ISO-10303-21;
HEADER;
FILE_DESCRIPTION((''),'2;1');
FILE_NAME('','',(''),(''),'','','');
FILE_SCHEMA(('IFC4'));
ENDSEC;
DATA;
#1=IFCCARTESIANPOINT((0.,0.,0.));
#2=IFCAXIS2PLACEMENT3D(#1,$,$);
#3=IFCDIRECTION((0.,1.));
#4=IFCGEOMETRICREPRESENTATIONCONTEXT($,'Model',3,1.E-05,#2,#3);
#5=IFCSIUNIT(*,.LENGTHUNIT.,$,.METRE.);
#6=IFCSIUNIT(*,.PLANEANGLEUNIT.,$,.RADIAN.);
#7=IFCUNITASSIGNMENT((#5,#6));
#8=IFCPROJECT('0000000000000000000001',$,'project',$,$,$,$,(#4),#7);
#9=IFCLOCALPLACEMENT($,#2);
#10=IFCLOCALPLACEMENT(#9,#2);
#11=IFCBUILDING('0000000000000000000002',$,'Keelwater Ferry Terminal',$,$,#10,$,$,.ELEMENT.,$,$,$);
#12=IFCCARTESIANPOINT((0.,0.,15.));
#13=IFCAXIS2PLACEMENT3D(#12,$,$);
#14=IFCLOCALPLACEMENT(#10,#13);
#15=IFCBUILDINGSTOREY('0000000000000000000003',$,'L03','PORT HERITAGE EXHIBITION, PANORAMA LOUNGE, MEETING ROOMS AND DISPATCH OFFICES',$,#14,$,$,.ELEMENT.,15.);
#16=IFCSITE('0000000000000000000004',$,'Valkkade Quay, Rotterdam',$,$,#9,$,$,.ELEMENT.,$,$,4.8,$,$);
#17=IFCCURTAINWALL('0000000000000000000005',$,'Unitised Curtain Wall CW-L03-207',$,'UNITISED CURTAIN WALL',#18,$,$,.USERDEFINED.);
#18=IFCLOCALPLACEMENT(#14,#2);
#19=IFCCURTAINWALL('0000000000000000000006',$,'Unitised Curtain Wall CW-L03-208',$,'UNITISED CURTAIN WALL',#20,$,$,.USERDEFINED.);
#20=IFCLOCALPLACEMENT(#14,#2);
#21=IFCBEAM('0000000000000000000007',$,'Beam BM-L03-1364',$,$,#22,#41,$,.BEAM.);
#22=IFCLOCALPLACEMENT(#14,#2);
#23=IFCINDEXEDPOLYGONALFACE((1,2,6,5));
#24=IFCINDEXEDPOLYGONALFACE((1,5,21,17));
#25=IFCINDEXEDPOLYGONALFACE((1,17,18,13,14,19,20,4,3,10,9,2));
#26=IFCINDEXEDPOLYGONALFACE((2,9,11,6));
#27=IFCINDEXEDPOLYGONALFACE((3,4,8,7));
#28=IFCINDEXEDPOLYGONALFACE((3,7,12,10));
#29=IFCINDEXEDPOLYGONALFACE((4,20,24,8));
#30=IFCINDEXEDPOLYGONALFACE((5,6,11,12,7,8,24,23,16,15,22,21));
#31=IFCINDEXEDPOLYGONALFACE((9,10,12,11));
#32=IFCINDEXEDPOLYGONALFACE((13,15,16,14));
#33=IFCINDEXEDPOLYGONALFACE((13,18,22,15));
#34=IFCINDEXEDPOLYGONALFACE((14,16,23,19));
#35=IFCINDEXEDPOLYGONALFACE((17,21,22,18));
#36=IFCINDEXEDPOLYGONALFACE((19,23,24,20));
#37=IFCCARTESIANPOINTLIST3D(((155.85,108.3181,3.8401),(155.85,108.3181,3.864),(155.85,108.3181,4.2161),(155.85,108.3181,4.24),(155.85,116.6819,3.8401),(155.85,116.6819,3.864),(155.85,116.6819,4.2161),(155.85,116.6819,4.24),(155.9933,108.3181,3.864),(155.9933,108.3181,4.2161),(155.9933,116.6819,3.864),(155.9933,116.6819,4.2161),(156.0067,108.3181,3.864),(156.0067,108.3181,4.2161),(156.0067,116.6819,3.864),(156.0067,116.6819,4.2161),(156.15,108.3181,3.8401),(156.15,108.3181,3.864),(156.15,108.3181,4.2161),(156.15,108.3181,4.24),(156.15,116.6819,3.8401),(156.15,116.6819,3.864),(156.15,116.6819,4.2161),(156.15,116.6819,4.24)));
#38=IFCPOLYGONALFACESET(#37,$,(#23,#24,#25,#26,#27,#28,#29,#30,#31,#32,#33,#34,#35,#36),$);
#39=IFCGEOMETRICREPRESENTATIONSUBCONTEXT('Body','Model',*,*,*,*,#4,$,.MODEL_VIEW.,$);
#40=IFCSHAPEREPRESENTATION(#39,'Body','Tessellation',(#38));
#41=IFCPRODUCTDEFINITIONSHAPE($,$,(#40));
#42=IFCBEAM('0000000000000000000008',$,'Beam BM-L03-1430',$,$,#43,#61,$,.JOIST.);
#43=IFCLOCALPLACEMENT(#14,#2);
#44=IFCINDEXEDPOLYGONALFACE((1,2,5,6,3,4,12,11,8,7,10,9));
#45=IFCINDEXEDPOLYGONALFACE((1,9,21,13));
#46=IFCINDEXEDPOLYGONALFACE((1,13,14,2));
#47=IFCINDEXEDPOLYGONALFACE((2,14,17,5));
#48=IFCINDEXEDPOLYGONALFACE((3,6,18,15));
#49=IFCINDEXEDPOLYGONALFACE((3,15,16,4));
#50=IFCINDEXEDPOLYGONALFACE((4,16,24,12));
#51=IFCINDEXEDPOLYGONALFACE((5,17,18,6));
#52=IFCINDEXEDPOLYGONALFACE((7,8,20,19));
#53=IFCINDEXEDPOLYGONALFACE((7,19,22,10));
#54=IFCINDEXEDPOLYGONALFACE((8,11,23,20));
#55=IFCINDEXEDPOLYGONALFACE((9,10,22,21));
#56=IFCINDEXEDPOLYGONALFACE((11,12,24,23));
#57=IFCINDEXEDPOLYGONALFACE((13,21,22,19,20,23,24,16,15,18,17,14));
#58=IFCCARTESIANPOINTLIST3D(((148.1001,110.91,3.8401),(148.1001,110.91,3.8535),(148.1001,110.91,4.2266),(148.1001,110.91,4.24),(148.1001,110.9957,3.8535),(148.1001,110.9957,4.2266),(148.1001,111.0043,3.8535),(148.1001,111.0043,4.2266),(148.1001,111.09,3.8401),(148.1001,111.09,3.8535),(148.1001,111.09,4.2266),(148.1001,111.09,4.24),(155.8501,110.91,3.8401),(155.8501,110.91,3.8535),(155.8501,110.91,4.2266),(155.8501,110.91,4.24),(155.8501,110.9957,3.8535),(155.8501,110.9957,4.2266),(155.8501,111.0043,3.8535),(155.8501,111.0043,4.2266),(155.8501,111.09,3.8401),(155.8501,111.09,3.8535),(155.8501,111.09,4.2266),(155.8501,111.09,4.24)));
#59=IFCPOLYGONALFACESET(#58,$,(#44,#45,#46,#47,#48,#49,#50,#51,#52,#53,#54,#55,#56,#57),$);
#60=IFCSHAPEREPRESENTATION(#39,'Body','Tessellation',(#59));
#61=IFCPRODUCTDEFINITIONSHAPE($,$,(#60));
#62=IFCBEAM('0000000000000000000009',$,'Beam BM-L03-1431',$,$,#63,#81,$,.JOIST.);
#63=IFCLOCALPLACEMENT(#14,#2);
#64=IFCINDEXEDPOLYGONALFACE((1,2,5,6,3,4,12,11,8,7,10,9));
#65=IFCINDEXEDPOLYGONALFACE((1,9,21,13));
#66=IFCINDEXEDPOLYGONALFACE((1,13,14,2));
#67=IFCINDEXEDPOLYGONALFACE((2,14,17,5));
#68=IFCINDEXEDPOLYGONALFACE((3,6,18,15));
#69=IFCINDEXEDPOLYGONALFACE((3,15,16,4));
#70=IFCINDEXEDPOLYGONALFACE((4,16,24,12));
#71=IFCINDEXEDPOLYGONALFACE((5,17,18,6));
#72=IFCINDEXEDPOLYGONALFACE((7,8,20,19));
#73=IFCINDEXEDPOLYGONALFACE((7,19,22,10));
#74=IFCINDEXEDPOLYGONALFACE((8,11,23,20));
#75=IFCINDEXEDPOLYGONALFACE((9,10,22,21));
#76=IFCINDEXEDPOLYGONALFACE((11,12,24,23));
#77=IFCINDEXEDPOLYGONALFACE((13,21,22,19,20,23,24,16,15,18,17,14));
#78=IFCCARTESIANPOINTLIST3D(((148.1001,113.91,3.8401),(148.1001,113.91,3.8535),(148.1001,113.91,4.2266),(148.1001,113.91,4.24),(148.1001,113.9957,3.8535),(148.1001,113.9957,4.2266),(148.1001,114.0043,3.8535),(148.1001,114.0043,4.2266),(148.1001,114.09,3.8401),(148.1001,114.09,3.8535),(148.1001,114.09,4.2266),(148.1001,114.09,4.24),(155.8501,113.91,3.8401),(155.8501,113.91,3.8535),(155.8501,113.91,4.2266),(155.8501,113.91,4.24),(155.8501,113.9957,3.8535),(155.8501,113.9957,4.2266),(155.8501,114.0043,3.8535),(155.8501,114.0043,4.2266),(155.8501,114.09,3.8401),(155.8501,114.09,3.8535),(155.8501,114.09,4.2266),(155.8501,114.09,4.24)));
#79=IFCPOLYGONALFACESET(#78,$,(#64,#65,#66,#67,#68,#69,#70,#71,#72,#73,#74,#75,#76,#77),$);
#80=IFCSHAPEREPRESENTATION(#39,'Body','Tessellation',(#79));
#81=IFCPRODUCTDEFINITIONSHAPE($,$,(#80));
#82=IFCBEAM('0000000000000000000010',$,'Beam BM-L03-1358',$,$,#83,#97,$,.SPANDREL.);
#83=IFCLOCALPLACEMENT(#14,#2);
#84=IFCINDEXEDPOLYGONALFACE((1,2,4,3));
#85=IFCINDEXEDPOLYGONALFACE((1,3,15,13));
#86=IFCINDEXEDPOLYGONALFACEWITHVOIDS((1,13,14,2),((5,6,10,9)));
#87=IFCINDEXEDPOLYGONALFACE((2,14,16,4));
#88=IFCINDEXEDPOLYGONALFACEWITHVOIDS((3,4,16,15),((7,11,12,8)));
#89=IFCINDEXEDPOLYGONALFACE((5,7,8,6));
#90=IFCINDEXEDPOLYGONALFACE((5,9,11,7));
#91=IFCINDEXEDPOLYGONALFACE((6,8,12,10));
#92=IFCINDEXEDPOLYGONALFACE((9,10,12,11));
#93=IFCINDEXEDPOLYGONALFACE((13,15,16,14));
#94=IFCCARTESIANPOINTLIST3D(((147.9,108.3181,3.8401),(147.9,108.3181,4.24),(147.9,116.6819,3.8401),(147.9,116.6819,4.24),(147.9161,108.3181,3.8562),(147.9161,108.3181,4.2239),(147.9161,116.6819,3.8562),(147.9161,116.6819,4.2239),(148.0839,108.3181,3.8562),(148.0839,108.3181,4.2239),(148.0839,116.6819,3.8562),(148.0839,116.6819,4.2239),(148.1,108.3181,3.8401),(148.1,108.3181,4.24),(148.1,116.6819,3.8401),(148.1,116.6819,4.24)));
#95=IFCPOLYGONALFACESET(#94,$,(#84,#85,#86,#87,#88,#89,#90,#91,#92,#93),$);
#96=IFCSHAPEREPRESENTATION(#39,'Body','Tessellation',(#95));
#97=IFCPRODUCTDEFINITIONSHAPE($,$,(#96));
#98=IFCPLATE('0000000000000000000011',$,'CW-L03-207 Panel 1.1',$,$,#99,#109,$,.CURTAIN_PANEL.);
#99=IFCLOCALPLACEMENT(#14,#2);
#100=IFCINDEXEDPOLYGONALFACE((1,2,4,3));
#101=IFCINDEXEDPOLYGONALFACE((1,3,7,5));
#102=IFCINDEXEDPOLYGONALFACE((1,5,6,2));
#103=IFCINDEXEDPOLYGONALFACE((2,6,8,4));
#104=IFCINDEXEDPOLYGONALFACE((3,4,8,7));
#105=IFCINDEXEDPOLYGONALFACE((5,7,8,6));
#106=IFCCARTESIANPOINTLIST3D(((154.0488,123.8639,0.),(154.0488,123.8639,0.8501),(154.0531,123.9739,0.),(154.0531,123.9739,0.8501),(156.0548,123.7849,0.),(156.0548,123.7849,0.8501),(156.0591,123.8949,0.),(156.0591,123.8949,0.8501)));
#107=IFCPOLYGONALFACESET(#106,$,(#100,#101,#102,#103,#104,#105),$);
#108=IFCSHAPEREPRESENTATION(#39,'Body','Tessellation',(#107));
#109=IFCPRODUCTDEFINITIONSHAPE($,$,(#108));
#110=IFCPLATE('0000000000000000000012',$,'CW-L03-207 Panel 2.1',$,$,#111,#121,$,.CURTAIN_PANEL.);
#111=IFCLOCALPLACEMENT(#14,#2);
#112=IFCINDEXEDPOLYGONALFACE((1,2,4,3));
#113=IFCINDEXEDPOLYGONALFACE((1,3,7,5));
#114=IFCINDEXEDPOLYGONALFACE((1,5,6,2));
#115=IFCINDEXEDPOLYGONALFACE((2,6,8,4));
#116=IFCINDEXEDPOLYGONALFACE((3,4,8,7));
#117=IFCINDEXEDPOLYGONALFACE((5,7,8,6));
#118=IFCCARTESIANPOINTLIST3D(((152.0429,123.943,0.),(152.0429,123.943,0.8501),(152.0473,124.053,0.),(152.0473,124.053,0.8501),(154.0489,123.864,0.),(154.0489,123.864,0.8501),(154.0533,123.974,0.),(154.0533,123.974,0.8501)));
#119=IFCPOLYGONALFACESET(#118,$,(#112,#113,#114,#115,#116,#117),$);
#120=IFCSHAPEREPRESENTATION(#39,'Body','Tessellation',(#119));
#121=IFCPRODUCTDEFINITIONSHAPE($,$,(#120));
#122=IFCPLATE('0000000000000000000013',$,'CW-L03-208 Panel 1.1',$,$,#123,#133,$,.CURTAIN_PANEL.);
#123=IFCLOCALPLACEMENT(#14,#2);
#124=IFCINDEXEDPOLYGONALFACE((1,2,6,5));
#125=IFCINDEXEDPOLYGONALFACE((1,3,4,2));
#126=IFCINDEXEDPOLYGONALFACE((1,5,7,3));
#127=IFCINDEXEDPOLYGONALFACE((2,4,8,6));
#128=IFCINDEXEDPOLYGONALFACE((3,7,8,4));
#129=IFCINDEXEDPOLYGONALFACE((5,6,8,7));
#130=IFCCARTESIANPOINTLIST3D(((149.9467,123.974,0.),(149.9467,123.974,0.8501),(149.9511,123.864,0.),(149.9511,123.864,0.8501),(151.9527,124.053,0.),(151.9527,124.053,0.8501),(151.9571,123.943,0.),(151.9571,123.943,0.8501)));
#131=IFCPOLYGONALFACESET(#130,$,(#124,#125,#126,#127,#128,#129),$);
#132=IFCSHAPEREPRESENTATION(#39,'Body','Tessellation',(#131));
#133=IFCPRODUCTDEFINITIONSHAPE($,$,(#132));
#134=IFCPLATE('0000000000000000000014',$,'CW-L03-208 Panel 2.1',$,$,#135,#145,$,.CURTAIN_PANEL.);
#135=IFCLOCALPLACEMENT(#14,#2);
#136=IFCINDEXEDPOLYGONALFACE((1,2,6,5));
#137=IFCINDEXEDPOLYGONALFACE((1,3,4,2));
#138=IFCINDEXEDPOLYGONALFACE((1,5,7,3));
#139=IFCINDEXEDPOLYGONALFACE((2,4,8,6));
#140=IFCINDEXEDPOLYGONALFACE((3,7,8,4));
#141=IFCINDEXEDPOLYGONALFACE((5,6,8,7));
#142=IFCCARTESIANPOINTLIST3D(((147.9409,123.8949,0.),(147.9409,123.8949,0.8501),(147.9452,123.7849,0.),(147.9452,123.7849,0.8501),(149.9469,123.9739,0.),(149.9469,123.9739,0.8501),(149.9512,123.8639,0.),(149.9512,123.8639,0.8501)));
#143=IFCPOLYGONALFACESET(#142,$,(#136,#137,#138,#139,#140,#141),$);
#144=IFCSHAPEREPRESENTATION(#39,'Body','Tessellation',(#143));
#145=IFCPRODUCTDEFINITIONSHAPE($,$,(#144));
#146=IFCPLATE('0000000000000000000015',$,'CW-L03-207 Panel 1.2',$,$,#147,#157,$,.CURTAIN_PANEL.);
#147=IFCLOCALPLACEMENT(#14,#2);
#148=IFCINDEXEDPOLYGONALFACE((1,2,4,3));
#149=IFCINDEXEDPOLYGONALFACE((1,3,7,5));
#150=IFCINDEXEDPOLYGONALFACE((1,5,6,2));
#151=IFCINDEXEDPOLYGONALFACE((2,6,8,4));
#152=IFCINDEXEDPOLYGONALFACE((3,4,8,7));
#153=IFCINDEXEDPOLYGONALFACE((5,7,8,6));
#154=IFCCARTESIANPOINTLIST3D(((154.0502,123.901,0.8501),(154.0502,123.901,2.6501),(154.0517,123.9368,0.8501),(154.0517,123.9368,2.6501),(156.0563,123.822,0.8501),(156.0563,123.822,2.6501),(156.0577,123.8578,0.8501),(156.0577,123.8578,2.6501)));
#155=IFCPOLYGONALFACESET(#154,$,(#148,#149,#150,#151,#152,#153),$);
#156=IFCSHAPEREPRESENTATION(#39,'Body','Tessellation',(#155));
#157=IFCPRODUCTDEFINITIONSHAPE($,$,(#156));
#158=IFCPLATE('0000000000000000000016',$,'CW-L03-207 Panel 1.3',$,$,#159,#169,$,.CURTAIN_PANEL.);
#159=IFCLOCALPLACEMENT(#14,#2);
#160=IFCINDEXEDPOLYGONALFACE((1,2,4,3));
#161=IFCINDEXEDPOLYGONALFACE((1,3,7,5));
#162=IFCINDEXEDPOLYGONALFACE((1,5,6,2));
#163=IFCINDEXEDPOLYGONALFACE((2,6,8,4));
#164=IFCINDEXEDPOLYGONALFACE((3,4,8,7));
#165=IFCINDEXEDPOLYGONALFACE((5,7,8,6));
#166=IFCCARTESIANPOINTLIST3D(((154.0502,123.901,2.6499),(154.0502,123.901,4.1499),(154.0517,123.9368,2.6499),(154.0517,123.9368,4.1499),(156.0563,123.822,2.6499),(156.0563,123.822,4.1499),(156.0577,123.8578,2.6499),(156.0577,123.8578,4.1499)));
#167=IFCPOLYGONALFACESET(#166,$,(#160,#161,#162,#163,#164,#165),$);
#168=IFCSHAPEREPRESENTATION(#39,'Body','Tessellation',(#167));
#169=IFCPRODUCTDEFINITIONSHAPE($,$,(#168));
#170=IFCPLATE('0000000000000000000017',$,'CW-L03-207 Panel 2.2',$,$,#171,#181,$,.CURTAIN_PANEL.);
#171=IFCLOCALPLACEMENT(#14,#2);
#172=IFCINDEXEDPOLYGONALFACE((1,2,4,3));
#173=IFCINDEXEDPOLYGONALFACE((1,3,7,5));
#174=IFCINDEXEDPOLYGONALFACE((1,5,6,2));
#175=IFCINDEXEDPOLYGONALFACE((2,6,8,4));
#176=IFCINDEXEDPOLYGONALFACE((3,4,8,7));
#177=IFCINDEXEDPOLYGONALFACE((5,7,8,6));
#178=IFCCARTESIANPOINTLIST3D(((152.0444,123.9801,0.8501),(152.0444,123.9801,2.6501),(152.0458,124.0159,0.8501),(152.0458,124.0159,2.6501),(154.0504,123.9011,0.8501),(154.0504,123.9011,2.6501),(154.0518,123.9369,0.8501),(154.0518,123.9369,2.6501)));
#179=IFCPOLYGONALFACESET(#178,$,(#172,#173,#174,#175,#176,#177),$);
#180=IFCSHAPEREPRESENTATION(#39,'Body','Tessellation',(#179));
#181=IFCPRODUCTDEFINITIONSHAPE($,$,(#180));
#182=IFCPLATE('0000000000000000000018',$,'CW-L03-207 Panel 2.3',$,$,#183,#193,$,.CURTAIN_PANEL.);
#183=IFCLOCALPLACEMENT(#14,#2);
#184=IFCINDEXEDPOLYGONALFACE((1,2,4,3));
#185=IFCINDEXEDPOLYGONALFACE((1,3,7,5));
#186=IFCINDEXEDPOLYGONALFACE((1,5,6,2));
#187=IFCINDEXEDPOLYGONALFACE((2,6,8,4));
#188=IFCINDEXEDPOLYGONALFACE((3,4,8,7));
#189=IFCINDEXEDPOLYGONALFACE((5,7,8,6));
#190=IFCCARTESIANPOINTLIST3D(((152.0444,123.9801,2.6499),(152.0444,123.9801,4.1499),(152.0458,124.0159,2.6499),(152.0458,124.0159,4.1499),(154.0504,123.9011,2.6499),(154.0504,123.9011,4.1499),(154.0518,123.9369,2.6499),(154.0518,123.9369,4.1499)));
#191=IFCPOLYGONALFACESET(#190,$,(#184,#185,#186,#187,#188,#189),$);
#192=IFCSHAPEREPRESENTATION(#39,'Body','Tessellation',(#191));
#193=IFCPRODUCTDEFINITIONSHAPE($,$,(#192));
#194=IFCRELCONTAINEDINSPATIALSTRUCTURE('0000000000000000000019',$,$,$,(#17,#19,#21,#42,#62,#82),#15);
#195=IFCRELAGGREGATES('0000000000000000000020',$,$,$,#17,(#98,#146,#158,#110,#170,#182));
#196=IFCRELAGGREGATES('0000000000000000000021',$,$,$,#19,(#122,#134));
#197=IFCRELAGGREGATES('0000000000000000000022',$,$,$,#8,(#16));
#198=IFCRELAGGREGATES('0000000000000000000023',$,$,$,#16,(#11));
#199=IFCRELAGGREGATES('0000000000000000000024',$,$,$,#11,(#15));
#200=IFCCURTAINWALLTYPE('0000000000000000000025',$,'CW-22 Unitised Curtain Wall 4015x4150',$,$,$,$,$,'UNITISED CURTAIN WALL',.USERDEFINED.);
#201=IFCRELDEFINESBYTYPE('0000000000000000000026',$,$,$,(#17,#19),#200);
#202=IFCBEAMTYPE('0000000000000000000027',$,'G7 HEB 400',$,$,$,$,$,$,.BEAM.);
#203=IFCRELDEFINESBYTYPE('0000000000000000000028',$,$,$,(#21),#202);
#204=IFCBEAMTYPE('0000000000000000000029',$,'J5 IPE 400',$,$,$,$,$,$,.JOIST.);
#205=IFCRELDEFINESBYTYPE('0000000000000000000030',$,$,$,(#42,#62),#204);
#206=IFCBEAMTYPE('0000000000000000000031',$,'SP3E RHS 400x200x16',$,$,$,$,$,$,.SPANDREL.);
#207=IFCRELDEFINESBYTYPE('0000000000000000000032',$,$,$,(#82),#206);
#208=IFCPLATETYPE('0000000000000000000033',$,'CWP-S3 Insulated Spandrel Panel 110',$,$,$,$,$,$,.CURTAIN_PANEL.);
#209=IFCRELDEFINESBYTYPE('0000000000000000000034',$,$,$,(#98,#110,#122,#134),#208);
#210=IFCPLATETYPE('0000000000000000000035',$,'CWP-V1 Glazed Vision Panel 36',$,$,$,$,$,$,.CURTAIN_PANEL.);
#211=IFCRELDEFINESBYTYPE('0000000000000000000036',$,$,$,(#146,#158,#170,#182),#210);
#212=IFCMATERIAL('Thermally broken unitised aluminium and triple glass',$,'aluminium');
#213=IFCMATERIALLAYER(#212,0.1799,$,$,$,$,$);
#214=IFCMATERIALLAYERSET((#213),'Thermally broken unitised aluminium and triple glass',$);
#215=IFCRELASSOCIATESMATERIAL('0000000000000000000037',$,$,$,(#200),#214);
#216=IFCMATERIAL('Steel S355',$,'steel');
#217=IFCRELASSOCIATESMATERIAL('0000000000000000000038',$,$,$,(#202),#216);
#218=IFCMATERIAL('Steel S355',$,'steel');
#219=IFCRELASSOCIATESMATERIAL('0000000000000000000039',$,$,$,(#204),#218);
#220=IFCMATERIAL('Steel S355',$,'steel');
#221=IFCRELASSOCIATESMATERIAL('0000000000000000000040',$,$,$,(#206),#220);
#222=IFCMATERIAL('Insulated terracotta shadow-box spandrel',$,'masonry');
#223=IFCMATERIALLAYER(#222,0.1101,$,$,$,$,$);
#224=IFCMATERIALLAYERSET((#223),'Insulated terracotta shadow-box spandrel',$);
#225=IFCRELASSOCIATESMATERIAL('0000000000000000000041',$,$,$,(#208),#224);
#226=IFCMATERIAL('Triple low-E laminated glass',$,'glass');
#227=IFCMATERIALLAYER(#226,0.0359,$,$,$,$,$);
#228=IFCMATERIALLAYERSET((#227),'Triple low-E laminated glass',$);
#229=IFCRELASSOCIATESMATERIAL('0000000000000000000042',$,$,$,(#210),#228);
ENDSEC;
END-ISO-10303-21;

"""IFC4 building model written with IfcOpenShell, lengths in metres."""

from ifc_helpers import new_model, si_unit, direction, frame, origin, origin_2d, place, context, subcontext, project, spatial, rectangle, hollow_rectangle, i_section, extrude, material, layer, layer_set, material_profile, profile_set, type_object, element, aggregate, save


model = new_model("IFC4")

# Units and contexts
model_context = context("Model", 3, precision=1e-05, world=origin(), true_north=direction((0.0, 1.0)))
body_context = subcontext(model_context, "Body", "Model", "MODEL_VIEW")
ifc_project = project(units=[si_unit("LENGTHUNIT", "METRE"), si_unit("PLANEANGLEUNIT", "RADIAN")], contexts=[model_context])

# Site, building, storey
site_placement = place(None, origin())
site = spatial("IfcSite", under=ifc_project, at=site_placement, Name="Valkkade Quay, Rotterdam", CompositionType="ELEMENT", RefElevation=4.8)
building_placement = place(site_placement, origin())
building = spatial("IfcBuilding", under=site, at=building_placement, Name="Keelwater Ferry Terminal", CompositionType="ELEMENT")
storey_placement = place(building_placement, frame((0.0, 0.0, 15.0)))
storey = spatial("IfcBuildingStorey", under=building, at=storey_placement, Name="L03", Description="PORT HERITAGE EXHIBITION, PANORAMA LOUNGE, MEETING ROOMS AND DISPATCH OFFICES", CompositionType="ELEMENT", Elevation=15.0)

# Curtain walls
ifc_material_1 = material(Name="Thermally broken unitised aluminium and triple glass", Category="aluminium")
ifc_layer_1 = layer(ifc_material_1, 0.1799)
ifc_layer_set_1 = layer_set([ifc_layer_1], Name="Thermally broken unitised aluminium and triple glass")
curtain_wall_type = type_object("IfcCurtainWallType", Name="CW-22 Unitised Curtain Wall 4015x4150", ElementType="UNITISED CURTAIN WALL", PredefinedType="USERDEFINED", material=ifc_layer_set_1)
curtain_wall_1_placement = place(storey_placement, origin())
curtain_wall_1 = element("IfcCurtainWall", 1, at=curtain_wall_1_placement, inside=storey, type_object=curtain_wall_type, Name="Unitised Curtain Wall CW-L03-207", ObjectType="UNITISED CURTAIN WALL", PredefinedType="USERDEFINED")
curtain_wall_2_placement = place(storey_placement, origin())
curtain_wall_2 = element("IfcCurtainWall", 2, at=curtain_wall_2_placement, inside=storey, type_object=curtain_wall_type, Name="Unitised Curtain Wall CW-L03-208", ObjectType="UNITISED CURTAIN WALL", PredefinedType="USERDEFINED")

# Beams
ifc_material_2 = material(Name="Steel S355", Category="steel")
ifc_material_profile_1 = material_profile(ifc_material_2, i_section(OverallWidth=0.3, OverallDepth=0.3999, WebThickness=0.0134, FlangeThickness=0.0239, at=origin_2d()), Name="HEB 400")
ifc_profile_set_1 = profile_set([ifc_material_profile_1], Name="Steel S355")
beam_type_1 = type_object("IfcBeamType", Name="G7 HEB 400", PredefinedType="BEAM", material=ifc_profile_set_1)
beam_1_placement = place(storey_placement, frame((156.0, 108.3181, 4.04), z_axis=(0.0, 1.0, 0.0), x_axis=(-1.0, 0.0, 0.0)))
element("IfcBeam", 3, at=beam_1_placement, inside=storey, type_object=beam_type_1, Name="Beam BM-L03-1364", PredefinedType="BEAM", context=body_context, shape_type="SweptSolid", body=[
    extrude(i_section(OverallWidth=0.3, OverallDepth=0.3999, WebThickness=0.0134, FlangeThickness=0.0239, at=origin_2d()), origin(), (0.0, 0.0, 1.0), 8.3638),
])
ifc_material_3 = material(Name="Steel S355", Category="steel")
ifc_material_profile_2 = material_profile(ifc_material_3, i_section(OverallWidth=0.1799, OverallDepth=0.3999, WebThickness=0.0085, FlangeThickness=0.0134, at=origin_2d()), Name="IPE 400")
ifc_profile_set_2 = profile_set([ifc_material_profile_2], Name="Steel S355")
beam_type_2 = type_object("IfcBeamType", Name="J5 IPE 400", PredefinedType="JOIST", material=ifc_profile_set_2)
for number, where, z_axis, x_axis, name in (
    (4, (148.1001, 111.0, 4.04), (1.0, 0.0, 0.0), (0.0, 1.0, 0.0), "Beam BM-L03-1430"),
    (5, (148.1001, 114.0, 4.04), (1.0, 0.0, 0.0), (0.0, 1.0, 0.0), "Beam BM-L03-1431"),
):
    element("IfcBeam", number, at=place(storey_placement, frame(where, z_axis=z_axis, x_axis=x_axis)), inside=storey, type_object=beam_type_2, Name=name, PredefinedType="JOIST", context=body_context, shape_type="SweptSolid", body=[
        extrude(i_section(OverallWidth=0.1799, OverallDepth=0.3999, WebThickness=0.0085, FlangeThickness=0.0134, at=origin_2d()), origin(), (0.0, 0.0, 1.0), 7.75),
    ])
ifc_material_4 = material(Name="Steel S355", Category="steel")
ifc_material_profile_3 = material_profile(ifc_material_4, hollow_rectangle(XDim=0.2, YDim=0.3999, WallThickness=0.0161, at=origin_2d()), Name="RHS 400x200x16")
ifc_profile_set_3 = profile_set([ifc_material_profile_3], Name="Steel S355")
beam_type_3 = type_object("IfcBeamType", Name="SP3E RHS 400x200x16", PredefinedType="SPANDREL", material=ifc_profile_set_3)
beam_2_placement = place(storey_placement, frame((148.0, 108.3181, 4.04), z_axis=(0.0, 1.0, 0.0), x_axis=(-1.0, 0.0, 0.0)))
element("IfcBeam", 6, at=beam_2_placement, inside=storey, type_object=beam_type_3, Name="Beam BM-L03-1358", PredefinedType="SPANDREL", context=body_context, shape_type="SweptSolid", body=[
    extrude(hollow_rectangle(XDim=0.2, YDim=0.3999, WallThickness=0.0161, at=origin_2d()), origin(), (0.0, 0.0, 1.0), 8.3638),
])

# Plates
ifc_material_5 = material(Name="Insulated terracotta shadow-box spandrel", Category="masonry")
ifc_layer_2 = layer(ifc_material_5, 0.1101)
ifc_layer_set_2 = layer_set([ifc_layer_2], Name="Insulated terracotta shadow-box spandrel")
plate_type_1 = type_object("IfcPlateType", Name="CWP-S3 Insulated Spandrel Panel 110", PredefinedType="CURTAIN_PANEL", material=ifc_layer_set_2)
plate_1_placement = place(storey_placement, frame((155.054, 123.8794, 0.0), z_axis=(0.0, 0.0, 1.0), x_axis=(-0.999225, 0.039351, 0.0)))
plate_1 = element("IfcPlate", 7, at=plate_1_placement, type_object=plate_type_1, Name="CW-L03-207 Panel 1.1", PredefinedType="CURTAIN_PANEL", context=body_context, shape_type="SweptSolid", body=[
    extrude(rectangle(XDim=2.0076, YDim=0.1101, at=origin_2d()), origin(), (0.0, 0.0, 1.0), 0.8501),
])
plate_2_placement = place(storey_placement, frame((153.0481, 123.9585, 0.0), z_axis=(0.0, 0.0, 1.0), x_axis=(-0.999225, 0.039351, 0.0)))
plate_2 = element("IfcPlate", 8, at=plate_2_placement, type_object=plate_type_1, Name="CW-L03-207 Panel 2.1", PredefinedType="CURTAIN_PANEL", context=body_context, shape_type="SweptSolid", body=[
    extrude(rectangle(XDim=2.0076, YDim=0.1101, at=origin_2d()), origin(), (0.0, 0.0, 1.0), 0.8501),
])
plate_3_placement = place(storey_placement, frame((150.9519, 123.9585, 0.0), z_axis=(0.0, 0.0, 1.0), x_axis=(-0.999225, -0.039351, 0.0)))
plate_3 = element("IfcPlate", 9, at=plate_3_placement, type_object=plate_type_1, Name="CW-L03-208 Panel 1.1", PredefinedType="CURTAIN_PANEL", context=body_context, shape_type="SweptSolid", body=[
    extrude(rectangle(XDim=2.0076, YDim=0.1101, at=origin_2d()), origin(), (0.0, 0.0, 1.0), 0.8501),
])
plate_4_placement = place(storey_placement, frame((148.946, 123.8794, 0.0), z_axis=(0.0, 0.0, 1.0), x_axis=(-0.999225, -0.039351, 0.0)))
plate_4 = element("IfcPlate", 10, at=plate_4_placement, type_object=plate_type_1, Name="CW-L03-208 Panel 2.1", PredefinedType="CURTAIN_PANEL", context=body_context, shape_type="SweptSolid", body=[
    extrude(rectangle(XDim=2.0076, YDim=0.1101, at=origin_2d()), origin(), (0.0, 0.0, 1.0), 0.8501),
])
ifc_material_6 = material(Name="Triple low-E laminated glass", Category="glass")
ifc_layer_3 = layer(ifc_material_6, 0.0359)
ifc_layer_set_3 = layer_set([ifc_layer_3], Name="Triple low-E laminated glass")
plate_type_2 = type_object("IfcPlateType", Name="CWP-V1 Glazed Vision Panel 36", PredefinedType="CURTAIN_PANEL", material=ifc_layer_set_3)
plate_5_placement = place(storey_placement, frame((155.054, 123.8794, 0.8501), z_axis=(0.0, 0.0, 1.0), x_axis=(-0.999225, 0.039351, 0.0)))
plate_5 = element("IfcPlate", 11, at=plate_5_placement, type_object=plate_type_2, Name="CW-L03-207 Panel 1.2", PredefinedType="CURTAIN_PANEL", context=body_context, shape_type="SweptSolid", body=[
    extrude(rectangle(XDim=2.0076, YDim=0.0359, at=origin_2d()), origin(), (0.0, 0.0, 1.0), 1.8),
])
plate_6_placement = place(storey_placement, frame((155.054, 123.8794, 2.6499), z_axis=(0.0, 0.0, 1.0), x_axis=(-0.999225, 0.039351, 0.0)))
plate_6 = element("IfcPlate", 12, at=plate_6_placement, type_object=plate_type_2, Name="CW-L03-207 Panel 1.3", PredefinedType="CURTAIN_PANEL", context=body_context, shape_type="SweptSolid", body=[
    extrude(rectangle(XDim=2.0076, YDim=0.0359, at=origin_2d()), origin(), (0.0, 0.0, 1.0), 1.5),
])
plate_7_placement = place(storey_placement, frame((153.0481, 123.9585, 0.8501), z_axis=(0.0, 0.0, 1.0), x_axis=(-0.999225, 0.039351, 0.0)))
plate_7 = element("IfcPlate", 13, at=plate_7_placement, type_object=plate_type_2, Name="CW-L03-207 Panel 2.2", PredefinedType="CURTAIN_PANEL", context=body_context, shape_type="SweptSolid", body=[
    extrude(rectangle(XDim=2.0076, YDim=0.0359, at=origin_2d()), origin(), (0.0, 0.0, 1.0), 1.8),
])
plate_8_placement = place(storey_placement, frame((153.0481, 123.9585, 2.6499), z_axis=(0.0, 0.0, 1.0), x_axis=(-0.999225, 0.039351, 0.0)))
plate_8 = element("IfcPlate", 14, at=plate_8_placement, type_object=plate_type_2, Name="CW-L03-207 Panel 2.3", PredefinedType="CURTAIN_PANEL", context=body_context, shape_type="SweptSolid", body=[
    extrude(rectangle(XDim=2.0076, YDim=0.0359, at=origin_2d()), origin(), (0.0, 0.0, 1.0), 1.5),
])
aggregate(curtain_wall_1, [plate_1, plate_5, plate_6, plate_2, plate_7, plate_8])
aggregate(curtain_wall_2, [plate_3, plate_4])

save(model, "model.ifc")
